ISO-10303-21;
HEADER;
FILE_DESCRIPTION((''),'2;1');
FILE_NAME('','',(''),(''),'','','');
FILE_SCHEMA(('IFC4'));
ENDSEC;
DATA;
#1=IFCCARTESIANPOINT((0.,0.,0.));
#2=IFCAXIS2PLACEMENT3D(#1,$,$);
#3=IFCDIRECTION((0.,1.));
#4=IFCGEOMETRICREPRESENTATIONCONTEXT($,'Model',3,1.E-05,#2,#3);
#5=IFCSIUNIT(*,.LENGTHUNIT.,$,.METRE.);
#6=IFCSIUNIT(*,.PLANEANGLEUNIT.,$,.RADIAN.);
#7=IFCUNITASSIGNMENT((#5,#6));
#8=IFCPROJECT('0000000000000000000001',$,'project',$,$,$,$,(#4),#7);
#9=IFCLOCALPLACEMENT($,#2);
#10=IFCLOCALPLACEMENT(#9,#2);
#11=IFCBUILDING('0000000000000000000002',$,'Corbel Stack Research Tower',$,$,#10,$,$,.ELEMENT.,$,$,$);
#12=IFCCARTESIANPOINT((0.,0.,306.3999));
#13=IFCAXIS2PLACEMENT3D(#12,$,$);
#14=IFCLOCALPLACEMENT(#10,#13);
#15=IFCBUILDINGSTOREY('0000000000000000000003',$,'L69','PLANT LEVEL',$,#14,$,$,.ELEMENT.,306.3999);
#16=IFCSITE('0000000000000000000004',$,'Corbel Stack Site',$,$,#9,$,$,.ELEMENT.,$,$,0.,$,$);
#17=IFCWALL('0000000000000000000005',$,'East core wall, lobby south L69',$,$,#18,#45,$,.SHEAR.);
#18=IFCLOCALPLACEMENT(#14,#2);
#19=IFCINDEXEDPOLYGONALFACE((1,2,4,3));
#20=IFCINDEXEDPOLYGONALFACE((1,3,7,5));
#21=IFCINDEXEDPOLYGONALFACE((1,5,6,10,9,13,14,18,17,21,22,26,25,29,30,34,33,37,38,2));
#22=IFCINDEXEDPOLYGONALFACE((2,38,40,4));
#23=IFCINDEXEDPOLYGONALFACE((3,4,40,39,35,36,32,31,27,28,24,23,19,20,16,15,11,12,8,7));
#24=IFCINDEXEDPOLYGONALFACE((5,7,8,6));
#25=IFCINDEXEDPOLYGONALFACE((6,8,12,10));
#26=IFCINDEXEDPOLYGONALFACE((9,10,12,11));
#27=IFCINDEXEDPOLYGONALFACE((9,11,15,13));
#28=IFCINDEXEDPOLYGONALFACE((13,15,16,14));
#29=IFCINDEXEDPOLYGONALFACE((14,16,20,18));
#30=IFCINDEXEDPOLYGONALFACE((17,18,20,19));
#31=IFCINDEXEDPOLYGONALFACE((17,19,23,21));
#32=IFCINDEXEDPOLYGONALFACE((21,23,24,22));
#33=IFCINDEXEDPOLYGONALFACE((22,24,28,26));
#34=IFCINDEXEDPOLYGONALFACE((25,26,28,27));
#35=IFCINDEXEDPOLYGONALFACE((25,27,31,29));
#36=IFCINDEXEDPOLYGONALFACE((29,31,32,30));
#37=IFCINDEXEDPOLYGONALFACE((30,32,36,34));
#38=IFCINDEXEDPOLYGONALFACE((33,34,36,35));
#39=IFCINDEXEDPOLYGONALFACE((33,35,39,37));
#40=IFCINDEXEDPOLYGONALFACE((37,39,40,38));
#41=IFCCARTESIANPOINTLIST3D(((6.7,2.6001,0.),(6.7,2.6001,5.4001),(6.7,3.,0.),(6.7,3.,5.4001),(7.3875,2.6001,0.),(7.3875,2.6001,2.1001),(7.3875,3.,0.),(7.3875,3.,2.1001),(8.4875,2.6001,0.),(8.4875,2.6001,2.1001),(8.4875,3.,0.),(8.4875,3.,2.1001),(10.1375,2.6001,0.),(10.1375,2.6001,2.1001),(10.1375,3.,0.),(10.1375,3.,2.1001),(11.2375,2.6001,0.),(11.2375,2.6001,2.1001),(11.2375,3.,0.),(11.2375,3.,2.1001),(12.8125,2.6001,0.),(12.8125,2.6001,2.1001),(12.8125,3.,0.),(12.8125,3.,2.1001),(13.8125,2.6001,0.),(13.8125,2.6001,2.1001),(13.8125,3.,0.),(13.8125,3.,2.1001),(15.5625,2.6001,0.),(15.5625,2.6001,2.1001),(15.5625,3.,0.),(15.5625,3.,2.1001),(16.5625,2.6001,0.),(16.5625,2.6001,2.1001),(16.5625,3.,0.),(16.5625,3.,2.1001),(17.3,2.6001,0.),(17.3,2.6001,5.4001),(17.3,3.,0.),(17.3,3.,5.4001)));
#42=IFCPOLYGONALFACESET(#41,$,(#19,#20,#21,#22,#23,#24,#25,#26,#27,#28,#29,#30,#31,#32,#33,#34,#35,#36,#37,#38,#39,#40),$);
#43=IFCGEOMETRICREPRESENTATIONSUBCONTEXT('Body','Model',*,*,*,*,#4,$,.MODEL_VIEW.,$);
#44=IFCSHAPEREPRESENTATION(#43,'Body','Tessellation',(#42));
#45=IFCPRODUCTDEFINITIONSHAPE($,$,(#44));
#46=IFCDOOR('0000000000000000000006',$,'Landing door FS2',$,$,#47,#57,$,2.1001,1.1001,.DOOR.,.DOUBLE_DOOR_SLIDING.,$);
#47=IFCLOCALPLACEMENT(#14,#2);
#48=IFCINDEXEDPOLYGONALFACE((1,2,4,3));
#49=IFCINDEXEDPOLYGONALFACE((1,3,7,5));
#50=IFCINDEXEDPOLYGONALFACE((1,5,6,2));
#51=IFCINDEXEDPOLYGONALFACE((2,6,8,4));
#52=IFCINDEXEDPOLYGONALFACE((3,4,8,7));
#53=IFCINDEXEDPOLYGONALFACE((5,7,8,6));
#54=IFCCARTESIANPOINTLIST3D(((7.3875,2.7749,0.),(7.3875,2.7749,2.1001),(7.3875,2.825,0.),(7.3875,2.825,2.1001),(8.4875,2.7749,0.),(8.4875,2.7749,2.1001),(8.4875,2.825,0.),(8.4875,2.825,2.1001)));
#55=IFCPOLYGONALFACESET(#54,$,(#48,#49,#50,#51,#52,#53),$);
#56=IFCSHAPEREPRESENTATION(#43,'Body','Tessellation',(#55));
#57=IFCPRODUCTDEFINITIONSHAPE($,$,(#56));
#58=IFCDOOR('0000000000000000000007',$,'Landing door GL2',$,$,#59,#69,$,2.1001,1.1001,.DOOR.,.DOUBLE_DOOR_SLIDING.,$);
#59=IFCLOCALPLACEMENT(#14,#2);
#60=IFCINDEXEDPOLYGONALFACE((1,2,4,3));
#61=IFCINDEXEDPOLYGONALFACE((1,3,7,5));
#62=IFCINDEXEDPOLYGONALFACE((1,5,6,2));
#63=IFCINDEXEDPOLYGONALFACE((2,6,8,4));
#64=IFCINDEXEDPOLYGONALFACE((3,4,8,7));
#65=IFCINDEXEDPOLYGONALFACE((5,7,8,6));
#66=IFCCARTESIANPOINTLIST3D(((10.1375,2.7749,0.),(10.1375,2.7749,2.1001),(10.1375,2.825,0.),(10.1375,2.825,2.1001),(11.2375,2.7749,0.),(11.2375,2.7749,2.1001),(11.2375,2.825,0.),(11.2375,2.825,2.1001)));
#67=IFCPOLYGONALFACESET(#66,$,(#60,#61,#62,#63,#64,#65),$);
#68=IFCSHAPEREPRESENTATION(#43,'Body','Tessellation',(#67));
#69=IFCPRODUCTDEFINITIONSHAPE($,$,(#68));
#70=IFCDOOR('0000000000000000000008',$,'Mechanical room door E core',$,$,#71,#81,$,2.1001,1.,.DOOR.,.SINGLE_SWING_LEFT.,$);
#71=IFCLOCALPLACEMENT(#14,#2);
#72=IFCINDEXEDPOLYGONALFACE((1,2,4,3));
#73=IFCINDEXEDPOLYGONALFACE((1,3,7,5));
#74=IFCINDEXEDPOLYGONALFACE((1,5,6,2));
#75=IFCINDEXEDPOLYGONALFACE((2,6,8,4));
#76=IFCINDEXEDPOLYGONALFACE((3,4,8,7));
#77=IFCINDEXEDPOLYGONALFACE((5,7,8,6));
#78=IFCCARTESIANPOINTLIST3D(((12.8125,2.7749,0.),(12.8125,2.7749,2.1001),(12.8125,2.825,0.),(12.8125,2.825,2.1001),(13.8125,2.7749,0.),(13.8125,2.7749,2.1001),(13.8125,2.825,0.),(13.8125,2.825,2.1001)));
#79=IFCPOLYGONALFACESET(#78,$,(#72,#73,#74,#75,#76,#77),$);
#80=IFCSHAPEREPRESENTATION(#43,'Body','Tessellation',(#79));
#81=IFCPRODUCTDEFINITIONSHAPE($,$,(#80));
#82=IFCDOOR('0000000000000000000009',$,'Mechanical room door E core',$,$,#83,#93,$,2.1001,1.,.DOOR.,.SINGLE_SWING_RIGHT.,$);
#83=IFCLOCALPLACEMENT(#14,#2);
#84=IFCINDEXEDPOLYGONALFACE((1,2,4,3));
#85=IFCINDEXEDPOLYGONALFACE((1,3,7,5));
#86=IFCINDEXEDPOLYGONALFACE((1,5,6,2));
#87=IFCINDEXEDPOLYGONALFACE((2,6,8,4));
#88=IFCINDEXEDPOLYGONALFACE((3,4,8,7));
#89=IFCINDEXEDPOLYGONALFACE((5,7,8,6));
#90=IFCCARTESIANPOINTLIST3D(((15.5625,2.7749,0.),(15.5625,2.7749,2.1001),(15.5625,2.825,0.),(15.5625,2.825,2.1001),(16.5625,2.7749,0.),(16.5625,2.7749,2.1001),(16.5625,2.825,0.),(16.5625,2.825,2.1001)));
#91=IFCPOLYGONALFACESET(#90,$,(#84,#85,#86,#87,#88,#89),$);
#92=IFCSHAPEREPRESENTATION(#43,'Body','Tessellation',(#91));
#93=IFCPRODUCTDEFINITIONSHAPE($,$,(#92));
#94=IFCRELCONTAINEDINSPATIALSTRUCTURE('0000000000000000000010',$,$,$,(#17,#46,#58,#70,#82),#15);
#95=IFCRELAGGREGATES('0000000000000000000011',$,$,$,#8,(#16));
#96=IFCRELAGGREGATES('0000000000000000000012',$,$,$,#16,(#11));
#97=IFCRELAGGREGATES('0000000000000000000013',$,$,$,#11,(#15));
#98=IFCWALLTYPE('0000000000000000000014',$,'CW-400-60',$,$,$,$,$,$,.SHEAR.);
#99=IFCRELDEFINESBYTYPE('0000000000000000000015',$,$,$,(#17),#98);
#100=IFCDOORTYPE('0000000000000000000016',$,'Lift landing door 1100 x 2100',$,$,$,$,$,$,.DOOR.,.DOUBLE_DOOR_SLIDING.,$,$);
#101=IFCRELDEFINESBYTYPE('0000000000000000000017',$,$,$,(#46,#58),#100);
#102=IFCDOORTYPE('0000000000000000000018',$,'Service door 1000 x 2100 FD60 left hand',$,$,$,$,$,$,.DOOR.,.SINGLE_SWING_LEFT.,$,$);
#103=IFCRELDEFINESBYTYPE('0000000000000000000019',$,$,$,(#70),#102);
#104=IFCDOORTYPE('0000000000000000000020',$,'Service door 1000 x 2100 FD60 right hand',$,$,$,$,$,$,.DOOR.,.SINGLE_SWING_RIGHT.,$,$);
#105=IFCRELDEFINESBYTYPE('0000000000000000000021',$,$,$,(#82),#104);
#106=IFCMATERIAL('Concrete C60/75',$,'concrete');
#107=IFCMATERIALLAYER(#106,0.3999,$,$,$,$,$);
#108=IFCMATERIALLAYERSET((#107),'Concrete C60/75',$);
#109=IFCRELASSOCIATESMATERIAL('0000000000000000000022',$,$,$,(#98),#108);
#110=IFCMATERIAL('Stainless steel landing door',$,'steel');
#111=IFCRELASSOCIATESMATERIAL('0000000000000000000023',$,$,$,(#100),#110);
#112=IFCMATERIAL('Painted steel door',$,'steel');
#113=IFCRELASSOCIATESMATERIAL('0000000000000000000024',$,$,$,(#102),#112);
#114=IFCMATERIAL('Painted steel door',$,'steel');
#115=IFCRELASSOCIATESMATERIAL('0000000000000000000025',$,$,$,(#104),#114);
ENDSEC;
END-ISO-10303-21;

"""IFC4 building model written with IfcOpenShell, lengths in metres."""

from ifc_helpers import new_model, si_unit, direction, frame, frame_2d, origin, place, context, subcontext, project, spatial, rectangle, extrude, material, layer, layer_set, type_object, element, fill, save


model = new_model("IFC4")

# Units and contexts
model_context = context("Model", 3, precision=1e-05, world=origin(), true_north=direction((0.0, 1.0)))
body_context = subcontext(model_context, "Body", "Model", "MODEL_VIEW")
ifc_project = project(units=[si_unit("LENGTHUNIT", "METRE"), si_unit("PLANEANGLEUNIT", "RADIAN")], contexts=[model_context])

# Site, building, storey
site_placement = place(None, origin())
site = spatial("IfcSite", under=ifc_project, at=site_placement, Name="Corbel Stack Site", CompositionType="ELEMENT", RefElevation=0.0)
building_placement = place(site_placement, origin())
building = spatial("IfcBuilding", under=site, at=building_placement, Name="Corbel Stack Research Tower", CompositionType="ELEMENT")
storey_placement = place(building_placement, frame((0.0, 0.0, 306.3999)))
storey = spatial("IfcBuildingStorey", under=building, at=storey_placement, Name="L69", Description="PLANT LEVEL", CompositionType="ELEMENT", Elevation=306.3999)

# Shared definitions
ifc_material_1 = material(Name="Concrete C60/75", Category="concrete")
ifc_layer_1 = layer(ifc_material_1, 0.3999)
ifc_layer_set_1 = layer_set([ifc_layer_1], Name="Concrete C60/75")
wall_type_1 = type_object("IfcWallType", Name="CW-400-60", PredefinedType="SHEAR", material=ifc_layer_set_1)

# Wall, openings, doors
wall_1_placement = place(storey_placement, frame((6.7, 2.8, 0.0), z_axis=(0.0, 0.0, 1.0), x_axis=(1.0, 0.0, 0.0)))
wall_1 = element("IfcWall", 1, at=wall_1_placement, inside=storey, type_object=wall_type_1, Name="East core wall, lobby south L69", PredefinedType="SHEAR", context=body_context, shape_type="SweptSolid", body=[
    extrude(rectangle(XDim=10.6001, YDim=0.3999, at=frame_2d((5.3, 0.0))), origin(), (0.0, 0.0, 1.0), 5.4001),
])
opening_1_placement = place(wall_1_placement, frame((0.6875, 0.0, 0.0)))
opening_1 = element("IfcOpeningElement", 2, at=opening_1_placement, cuts=wall_1, PredefinedType="OPENING", context=body_context, shape_type="SweptSolid", body=[
    extrude(rectangle(XDim=1.1001, YDim=2.1001, at=frame_2d((0.55, 1.05))), frame((0.0, 0.21, 0.0), z_axis=(0.0, -1.0, 0.0), x_axis=(1.0, 0.0, 0.0)), (0.0, 0.0, 1.0), 0.4199),
])
opening_2_placement = place(wall_1_placement, frame((3.4375, 0.0, 0.0)))
opening_2 = element("IfcOpeningElement", 3, at=opening_2_placement, cuts=wall_1, PredefinedType="OPENING", context=body_context, shape_type="SweptSolid", body=[
    extrude(rectangle(XDim=1.1001, YDim=2.1001, at=frame_2d((0.55, 1.05))), frame((0.0, 0.21, 0.0), z_axis=(0.0, -1.0, 0.0), x_axis=(1.0, 0.0, 0.0)), (0.0, 0.0, 1.0), 0.4199),
])
opening_3_placement = place(wall_1_placement, frame((6.1125, 0.0, 0.0)))
opening_3 = element("IfcOpeningElement", 4, at=opening_3_placement, cuts=wall_1, PredefinedType="OPENING", context=body_context, shape_type="SweptSolid", body=[
    extrude(rectangle(XDim=1.0, YDim=2.1001, at=frame_2d((0.5, 1.05))), frame((0.0, 0.21, 0.0), z_axis=(0.0, -1.0, 0.0), x_axis=(1.0, 0.0, 0.0)), (0.0, 0.0, 1.0), 0.4199),
])
opening_4_placement = place(wall_1_placement, frame((8.8625, 0.0, 0.0)))
opening_4 = element("IfcOpeningElement", 5, at=opening_4_placement, cuts=wall_1, PredefinedType="OPENING", context=body_context, shape_type="SweptSolid", body=[
    extrude(rectangle(XDim=1.0, YDim=2.1001, at=frame_2d((0.5, 1.05))), frame((0.0, 0.21, 0.0), z_axis=(0.0, -1.0, 0.0), x_axis=(1.0, 0.0, 0.0)), (0.0, 0.0, 1.0), 0.4199),
])
ifc_material_2 = material(Name="Stainless steel landing door", Category="steel")
door_type_1 = type_object("IfcDoorType", Name="Lift landing door 1100 x 2100", OperationType="DOUBLE_DOOR_SLIDING", PredefinedType="DOOR", material=ifc_material_2)
door_1_placement = place(opening_1_placement, origin())
door_1 = element("IfcDoor", 6, at=door_1_placement, inside=storey, type_object=door_type_1, Name="Landing door FS2", OperationType="DOUBLE_DOOR_SLIDING", OverallHeight=2.1001, OverallWidth=1.1001, PredefinedType="DOOR", context=body_context, shape_type="SweptSolid", body=[
    extrude(rectangle(XDim=1.1001, YDim=2.1001, at=frame_2d((0.55, 1.05))), frame((0.0, 0.0249, 0.0), z_axis=(0.0, -1.0, 0.0), x_axis=(1.0, 0.0, 0.0)), (0.0, 0.0, 1.0), 0.05),
])
fill(opening_1, door_1)
door_2_placement = place(opening_2_placement, origin())
door_2 = element("IfcDoor", 7, at=door_2_placement, inside=storey, type_object=door_type_1, Name="Landing door GL2", OperationType="DOUBLE_DOOR_SLIDING", OverallHeight=2.1001, OverallWidth=1.1001, PredefinedType="DOOR", context=body_context, shape_type="SweptSolid", body=[
    extrude(rectangle(XDim=1.1001, YDim=2.1001, at=frame_2d((0.55, 1.05))), frame((0.0, 0.0249, 0.0), z_axis=(0.0, -1.0, 0.0), x_axis=(1.0, 0.0, 0.0)), (0.0, 0.0, 1.0), 0.05),
])
fill(opening_2, door_2)
ifc_material_3 = material(Name="Painted steel door", Category="steel")
door_type_2 = type_object("IfcDoorType", Name="Service door 1000 x 2100 FD60 left hand", OperationType="SINGLE_SWING_LEFT", PredefinedType="DOOR", material=ifc_material_3)
door_3_placement = place(opening_3_placement, origin())
door_3 = element("IfcDoor", 8, at=door_3_placement, inside=storey, type_object=door_type_2, Name="Mechanical room door E core", OperationType="SINGLE_SWING_LEFT", OverallHeight=2.1001, OverallWidth=1.0, PredefinedType="DOOR", context=body_context, shape_type="SweptSolid", body=[
    extrude(rectangle(XDim=1.0, YDim=2.1001, at=frame_2d((0.5, 1.05))), frame((0.0, 0.0249, 0.0), z_axis=(0.0, -1.0, 0.0), x_axis=(1.0, 0.0, 0.0)), (0.0, 0.0, 1.0), 0.05),
])
fill(opening_3, door_3)
ifc_material_4 = material(Name="Painted steel door", Category="steel")
door_type_3 = type_object("IfcDoorType", Name="Service door 1000 x 2100 FD60 right hand", OperationType="SINGLE_SWING_RIGHT", PredefinedType="DOOR", material=ifc_material_4)
door_4_placement = place(opening_4_placement, origin())
door_4 = element("IfcDoor", 9, at=door_4_placement, inside=storey, type_object=door_type_3, Name="Mechanical room door E core", OperationType="SINGLE_SWING_RIGHT", OverallHeight=2.1001, OverallWidth=1.0, PredefinedType="DOOR", context=body_context, shape_type="SweptSolid", body=[
    extrude(rectangle(XDim=1.0, YDim=2.1001, at=frame_2d((0.5, 1.05))), frame((0.0, 0.0249, 0.0), z_axis=(0.0, -1.0, 0.0), x_axis=(1.0, 0.0, 0.0)), (0.0, 0.0, 1.0), 0.05),
])
fill(opening_4, door_4)

save(model, "model.ifc")
